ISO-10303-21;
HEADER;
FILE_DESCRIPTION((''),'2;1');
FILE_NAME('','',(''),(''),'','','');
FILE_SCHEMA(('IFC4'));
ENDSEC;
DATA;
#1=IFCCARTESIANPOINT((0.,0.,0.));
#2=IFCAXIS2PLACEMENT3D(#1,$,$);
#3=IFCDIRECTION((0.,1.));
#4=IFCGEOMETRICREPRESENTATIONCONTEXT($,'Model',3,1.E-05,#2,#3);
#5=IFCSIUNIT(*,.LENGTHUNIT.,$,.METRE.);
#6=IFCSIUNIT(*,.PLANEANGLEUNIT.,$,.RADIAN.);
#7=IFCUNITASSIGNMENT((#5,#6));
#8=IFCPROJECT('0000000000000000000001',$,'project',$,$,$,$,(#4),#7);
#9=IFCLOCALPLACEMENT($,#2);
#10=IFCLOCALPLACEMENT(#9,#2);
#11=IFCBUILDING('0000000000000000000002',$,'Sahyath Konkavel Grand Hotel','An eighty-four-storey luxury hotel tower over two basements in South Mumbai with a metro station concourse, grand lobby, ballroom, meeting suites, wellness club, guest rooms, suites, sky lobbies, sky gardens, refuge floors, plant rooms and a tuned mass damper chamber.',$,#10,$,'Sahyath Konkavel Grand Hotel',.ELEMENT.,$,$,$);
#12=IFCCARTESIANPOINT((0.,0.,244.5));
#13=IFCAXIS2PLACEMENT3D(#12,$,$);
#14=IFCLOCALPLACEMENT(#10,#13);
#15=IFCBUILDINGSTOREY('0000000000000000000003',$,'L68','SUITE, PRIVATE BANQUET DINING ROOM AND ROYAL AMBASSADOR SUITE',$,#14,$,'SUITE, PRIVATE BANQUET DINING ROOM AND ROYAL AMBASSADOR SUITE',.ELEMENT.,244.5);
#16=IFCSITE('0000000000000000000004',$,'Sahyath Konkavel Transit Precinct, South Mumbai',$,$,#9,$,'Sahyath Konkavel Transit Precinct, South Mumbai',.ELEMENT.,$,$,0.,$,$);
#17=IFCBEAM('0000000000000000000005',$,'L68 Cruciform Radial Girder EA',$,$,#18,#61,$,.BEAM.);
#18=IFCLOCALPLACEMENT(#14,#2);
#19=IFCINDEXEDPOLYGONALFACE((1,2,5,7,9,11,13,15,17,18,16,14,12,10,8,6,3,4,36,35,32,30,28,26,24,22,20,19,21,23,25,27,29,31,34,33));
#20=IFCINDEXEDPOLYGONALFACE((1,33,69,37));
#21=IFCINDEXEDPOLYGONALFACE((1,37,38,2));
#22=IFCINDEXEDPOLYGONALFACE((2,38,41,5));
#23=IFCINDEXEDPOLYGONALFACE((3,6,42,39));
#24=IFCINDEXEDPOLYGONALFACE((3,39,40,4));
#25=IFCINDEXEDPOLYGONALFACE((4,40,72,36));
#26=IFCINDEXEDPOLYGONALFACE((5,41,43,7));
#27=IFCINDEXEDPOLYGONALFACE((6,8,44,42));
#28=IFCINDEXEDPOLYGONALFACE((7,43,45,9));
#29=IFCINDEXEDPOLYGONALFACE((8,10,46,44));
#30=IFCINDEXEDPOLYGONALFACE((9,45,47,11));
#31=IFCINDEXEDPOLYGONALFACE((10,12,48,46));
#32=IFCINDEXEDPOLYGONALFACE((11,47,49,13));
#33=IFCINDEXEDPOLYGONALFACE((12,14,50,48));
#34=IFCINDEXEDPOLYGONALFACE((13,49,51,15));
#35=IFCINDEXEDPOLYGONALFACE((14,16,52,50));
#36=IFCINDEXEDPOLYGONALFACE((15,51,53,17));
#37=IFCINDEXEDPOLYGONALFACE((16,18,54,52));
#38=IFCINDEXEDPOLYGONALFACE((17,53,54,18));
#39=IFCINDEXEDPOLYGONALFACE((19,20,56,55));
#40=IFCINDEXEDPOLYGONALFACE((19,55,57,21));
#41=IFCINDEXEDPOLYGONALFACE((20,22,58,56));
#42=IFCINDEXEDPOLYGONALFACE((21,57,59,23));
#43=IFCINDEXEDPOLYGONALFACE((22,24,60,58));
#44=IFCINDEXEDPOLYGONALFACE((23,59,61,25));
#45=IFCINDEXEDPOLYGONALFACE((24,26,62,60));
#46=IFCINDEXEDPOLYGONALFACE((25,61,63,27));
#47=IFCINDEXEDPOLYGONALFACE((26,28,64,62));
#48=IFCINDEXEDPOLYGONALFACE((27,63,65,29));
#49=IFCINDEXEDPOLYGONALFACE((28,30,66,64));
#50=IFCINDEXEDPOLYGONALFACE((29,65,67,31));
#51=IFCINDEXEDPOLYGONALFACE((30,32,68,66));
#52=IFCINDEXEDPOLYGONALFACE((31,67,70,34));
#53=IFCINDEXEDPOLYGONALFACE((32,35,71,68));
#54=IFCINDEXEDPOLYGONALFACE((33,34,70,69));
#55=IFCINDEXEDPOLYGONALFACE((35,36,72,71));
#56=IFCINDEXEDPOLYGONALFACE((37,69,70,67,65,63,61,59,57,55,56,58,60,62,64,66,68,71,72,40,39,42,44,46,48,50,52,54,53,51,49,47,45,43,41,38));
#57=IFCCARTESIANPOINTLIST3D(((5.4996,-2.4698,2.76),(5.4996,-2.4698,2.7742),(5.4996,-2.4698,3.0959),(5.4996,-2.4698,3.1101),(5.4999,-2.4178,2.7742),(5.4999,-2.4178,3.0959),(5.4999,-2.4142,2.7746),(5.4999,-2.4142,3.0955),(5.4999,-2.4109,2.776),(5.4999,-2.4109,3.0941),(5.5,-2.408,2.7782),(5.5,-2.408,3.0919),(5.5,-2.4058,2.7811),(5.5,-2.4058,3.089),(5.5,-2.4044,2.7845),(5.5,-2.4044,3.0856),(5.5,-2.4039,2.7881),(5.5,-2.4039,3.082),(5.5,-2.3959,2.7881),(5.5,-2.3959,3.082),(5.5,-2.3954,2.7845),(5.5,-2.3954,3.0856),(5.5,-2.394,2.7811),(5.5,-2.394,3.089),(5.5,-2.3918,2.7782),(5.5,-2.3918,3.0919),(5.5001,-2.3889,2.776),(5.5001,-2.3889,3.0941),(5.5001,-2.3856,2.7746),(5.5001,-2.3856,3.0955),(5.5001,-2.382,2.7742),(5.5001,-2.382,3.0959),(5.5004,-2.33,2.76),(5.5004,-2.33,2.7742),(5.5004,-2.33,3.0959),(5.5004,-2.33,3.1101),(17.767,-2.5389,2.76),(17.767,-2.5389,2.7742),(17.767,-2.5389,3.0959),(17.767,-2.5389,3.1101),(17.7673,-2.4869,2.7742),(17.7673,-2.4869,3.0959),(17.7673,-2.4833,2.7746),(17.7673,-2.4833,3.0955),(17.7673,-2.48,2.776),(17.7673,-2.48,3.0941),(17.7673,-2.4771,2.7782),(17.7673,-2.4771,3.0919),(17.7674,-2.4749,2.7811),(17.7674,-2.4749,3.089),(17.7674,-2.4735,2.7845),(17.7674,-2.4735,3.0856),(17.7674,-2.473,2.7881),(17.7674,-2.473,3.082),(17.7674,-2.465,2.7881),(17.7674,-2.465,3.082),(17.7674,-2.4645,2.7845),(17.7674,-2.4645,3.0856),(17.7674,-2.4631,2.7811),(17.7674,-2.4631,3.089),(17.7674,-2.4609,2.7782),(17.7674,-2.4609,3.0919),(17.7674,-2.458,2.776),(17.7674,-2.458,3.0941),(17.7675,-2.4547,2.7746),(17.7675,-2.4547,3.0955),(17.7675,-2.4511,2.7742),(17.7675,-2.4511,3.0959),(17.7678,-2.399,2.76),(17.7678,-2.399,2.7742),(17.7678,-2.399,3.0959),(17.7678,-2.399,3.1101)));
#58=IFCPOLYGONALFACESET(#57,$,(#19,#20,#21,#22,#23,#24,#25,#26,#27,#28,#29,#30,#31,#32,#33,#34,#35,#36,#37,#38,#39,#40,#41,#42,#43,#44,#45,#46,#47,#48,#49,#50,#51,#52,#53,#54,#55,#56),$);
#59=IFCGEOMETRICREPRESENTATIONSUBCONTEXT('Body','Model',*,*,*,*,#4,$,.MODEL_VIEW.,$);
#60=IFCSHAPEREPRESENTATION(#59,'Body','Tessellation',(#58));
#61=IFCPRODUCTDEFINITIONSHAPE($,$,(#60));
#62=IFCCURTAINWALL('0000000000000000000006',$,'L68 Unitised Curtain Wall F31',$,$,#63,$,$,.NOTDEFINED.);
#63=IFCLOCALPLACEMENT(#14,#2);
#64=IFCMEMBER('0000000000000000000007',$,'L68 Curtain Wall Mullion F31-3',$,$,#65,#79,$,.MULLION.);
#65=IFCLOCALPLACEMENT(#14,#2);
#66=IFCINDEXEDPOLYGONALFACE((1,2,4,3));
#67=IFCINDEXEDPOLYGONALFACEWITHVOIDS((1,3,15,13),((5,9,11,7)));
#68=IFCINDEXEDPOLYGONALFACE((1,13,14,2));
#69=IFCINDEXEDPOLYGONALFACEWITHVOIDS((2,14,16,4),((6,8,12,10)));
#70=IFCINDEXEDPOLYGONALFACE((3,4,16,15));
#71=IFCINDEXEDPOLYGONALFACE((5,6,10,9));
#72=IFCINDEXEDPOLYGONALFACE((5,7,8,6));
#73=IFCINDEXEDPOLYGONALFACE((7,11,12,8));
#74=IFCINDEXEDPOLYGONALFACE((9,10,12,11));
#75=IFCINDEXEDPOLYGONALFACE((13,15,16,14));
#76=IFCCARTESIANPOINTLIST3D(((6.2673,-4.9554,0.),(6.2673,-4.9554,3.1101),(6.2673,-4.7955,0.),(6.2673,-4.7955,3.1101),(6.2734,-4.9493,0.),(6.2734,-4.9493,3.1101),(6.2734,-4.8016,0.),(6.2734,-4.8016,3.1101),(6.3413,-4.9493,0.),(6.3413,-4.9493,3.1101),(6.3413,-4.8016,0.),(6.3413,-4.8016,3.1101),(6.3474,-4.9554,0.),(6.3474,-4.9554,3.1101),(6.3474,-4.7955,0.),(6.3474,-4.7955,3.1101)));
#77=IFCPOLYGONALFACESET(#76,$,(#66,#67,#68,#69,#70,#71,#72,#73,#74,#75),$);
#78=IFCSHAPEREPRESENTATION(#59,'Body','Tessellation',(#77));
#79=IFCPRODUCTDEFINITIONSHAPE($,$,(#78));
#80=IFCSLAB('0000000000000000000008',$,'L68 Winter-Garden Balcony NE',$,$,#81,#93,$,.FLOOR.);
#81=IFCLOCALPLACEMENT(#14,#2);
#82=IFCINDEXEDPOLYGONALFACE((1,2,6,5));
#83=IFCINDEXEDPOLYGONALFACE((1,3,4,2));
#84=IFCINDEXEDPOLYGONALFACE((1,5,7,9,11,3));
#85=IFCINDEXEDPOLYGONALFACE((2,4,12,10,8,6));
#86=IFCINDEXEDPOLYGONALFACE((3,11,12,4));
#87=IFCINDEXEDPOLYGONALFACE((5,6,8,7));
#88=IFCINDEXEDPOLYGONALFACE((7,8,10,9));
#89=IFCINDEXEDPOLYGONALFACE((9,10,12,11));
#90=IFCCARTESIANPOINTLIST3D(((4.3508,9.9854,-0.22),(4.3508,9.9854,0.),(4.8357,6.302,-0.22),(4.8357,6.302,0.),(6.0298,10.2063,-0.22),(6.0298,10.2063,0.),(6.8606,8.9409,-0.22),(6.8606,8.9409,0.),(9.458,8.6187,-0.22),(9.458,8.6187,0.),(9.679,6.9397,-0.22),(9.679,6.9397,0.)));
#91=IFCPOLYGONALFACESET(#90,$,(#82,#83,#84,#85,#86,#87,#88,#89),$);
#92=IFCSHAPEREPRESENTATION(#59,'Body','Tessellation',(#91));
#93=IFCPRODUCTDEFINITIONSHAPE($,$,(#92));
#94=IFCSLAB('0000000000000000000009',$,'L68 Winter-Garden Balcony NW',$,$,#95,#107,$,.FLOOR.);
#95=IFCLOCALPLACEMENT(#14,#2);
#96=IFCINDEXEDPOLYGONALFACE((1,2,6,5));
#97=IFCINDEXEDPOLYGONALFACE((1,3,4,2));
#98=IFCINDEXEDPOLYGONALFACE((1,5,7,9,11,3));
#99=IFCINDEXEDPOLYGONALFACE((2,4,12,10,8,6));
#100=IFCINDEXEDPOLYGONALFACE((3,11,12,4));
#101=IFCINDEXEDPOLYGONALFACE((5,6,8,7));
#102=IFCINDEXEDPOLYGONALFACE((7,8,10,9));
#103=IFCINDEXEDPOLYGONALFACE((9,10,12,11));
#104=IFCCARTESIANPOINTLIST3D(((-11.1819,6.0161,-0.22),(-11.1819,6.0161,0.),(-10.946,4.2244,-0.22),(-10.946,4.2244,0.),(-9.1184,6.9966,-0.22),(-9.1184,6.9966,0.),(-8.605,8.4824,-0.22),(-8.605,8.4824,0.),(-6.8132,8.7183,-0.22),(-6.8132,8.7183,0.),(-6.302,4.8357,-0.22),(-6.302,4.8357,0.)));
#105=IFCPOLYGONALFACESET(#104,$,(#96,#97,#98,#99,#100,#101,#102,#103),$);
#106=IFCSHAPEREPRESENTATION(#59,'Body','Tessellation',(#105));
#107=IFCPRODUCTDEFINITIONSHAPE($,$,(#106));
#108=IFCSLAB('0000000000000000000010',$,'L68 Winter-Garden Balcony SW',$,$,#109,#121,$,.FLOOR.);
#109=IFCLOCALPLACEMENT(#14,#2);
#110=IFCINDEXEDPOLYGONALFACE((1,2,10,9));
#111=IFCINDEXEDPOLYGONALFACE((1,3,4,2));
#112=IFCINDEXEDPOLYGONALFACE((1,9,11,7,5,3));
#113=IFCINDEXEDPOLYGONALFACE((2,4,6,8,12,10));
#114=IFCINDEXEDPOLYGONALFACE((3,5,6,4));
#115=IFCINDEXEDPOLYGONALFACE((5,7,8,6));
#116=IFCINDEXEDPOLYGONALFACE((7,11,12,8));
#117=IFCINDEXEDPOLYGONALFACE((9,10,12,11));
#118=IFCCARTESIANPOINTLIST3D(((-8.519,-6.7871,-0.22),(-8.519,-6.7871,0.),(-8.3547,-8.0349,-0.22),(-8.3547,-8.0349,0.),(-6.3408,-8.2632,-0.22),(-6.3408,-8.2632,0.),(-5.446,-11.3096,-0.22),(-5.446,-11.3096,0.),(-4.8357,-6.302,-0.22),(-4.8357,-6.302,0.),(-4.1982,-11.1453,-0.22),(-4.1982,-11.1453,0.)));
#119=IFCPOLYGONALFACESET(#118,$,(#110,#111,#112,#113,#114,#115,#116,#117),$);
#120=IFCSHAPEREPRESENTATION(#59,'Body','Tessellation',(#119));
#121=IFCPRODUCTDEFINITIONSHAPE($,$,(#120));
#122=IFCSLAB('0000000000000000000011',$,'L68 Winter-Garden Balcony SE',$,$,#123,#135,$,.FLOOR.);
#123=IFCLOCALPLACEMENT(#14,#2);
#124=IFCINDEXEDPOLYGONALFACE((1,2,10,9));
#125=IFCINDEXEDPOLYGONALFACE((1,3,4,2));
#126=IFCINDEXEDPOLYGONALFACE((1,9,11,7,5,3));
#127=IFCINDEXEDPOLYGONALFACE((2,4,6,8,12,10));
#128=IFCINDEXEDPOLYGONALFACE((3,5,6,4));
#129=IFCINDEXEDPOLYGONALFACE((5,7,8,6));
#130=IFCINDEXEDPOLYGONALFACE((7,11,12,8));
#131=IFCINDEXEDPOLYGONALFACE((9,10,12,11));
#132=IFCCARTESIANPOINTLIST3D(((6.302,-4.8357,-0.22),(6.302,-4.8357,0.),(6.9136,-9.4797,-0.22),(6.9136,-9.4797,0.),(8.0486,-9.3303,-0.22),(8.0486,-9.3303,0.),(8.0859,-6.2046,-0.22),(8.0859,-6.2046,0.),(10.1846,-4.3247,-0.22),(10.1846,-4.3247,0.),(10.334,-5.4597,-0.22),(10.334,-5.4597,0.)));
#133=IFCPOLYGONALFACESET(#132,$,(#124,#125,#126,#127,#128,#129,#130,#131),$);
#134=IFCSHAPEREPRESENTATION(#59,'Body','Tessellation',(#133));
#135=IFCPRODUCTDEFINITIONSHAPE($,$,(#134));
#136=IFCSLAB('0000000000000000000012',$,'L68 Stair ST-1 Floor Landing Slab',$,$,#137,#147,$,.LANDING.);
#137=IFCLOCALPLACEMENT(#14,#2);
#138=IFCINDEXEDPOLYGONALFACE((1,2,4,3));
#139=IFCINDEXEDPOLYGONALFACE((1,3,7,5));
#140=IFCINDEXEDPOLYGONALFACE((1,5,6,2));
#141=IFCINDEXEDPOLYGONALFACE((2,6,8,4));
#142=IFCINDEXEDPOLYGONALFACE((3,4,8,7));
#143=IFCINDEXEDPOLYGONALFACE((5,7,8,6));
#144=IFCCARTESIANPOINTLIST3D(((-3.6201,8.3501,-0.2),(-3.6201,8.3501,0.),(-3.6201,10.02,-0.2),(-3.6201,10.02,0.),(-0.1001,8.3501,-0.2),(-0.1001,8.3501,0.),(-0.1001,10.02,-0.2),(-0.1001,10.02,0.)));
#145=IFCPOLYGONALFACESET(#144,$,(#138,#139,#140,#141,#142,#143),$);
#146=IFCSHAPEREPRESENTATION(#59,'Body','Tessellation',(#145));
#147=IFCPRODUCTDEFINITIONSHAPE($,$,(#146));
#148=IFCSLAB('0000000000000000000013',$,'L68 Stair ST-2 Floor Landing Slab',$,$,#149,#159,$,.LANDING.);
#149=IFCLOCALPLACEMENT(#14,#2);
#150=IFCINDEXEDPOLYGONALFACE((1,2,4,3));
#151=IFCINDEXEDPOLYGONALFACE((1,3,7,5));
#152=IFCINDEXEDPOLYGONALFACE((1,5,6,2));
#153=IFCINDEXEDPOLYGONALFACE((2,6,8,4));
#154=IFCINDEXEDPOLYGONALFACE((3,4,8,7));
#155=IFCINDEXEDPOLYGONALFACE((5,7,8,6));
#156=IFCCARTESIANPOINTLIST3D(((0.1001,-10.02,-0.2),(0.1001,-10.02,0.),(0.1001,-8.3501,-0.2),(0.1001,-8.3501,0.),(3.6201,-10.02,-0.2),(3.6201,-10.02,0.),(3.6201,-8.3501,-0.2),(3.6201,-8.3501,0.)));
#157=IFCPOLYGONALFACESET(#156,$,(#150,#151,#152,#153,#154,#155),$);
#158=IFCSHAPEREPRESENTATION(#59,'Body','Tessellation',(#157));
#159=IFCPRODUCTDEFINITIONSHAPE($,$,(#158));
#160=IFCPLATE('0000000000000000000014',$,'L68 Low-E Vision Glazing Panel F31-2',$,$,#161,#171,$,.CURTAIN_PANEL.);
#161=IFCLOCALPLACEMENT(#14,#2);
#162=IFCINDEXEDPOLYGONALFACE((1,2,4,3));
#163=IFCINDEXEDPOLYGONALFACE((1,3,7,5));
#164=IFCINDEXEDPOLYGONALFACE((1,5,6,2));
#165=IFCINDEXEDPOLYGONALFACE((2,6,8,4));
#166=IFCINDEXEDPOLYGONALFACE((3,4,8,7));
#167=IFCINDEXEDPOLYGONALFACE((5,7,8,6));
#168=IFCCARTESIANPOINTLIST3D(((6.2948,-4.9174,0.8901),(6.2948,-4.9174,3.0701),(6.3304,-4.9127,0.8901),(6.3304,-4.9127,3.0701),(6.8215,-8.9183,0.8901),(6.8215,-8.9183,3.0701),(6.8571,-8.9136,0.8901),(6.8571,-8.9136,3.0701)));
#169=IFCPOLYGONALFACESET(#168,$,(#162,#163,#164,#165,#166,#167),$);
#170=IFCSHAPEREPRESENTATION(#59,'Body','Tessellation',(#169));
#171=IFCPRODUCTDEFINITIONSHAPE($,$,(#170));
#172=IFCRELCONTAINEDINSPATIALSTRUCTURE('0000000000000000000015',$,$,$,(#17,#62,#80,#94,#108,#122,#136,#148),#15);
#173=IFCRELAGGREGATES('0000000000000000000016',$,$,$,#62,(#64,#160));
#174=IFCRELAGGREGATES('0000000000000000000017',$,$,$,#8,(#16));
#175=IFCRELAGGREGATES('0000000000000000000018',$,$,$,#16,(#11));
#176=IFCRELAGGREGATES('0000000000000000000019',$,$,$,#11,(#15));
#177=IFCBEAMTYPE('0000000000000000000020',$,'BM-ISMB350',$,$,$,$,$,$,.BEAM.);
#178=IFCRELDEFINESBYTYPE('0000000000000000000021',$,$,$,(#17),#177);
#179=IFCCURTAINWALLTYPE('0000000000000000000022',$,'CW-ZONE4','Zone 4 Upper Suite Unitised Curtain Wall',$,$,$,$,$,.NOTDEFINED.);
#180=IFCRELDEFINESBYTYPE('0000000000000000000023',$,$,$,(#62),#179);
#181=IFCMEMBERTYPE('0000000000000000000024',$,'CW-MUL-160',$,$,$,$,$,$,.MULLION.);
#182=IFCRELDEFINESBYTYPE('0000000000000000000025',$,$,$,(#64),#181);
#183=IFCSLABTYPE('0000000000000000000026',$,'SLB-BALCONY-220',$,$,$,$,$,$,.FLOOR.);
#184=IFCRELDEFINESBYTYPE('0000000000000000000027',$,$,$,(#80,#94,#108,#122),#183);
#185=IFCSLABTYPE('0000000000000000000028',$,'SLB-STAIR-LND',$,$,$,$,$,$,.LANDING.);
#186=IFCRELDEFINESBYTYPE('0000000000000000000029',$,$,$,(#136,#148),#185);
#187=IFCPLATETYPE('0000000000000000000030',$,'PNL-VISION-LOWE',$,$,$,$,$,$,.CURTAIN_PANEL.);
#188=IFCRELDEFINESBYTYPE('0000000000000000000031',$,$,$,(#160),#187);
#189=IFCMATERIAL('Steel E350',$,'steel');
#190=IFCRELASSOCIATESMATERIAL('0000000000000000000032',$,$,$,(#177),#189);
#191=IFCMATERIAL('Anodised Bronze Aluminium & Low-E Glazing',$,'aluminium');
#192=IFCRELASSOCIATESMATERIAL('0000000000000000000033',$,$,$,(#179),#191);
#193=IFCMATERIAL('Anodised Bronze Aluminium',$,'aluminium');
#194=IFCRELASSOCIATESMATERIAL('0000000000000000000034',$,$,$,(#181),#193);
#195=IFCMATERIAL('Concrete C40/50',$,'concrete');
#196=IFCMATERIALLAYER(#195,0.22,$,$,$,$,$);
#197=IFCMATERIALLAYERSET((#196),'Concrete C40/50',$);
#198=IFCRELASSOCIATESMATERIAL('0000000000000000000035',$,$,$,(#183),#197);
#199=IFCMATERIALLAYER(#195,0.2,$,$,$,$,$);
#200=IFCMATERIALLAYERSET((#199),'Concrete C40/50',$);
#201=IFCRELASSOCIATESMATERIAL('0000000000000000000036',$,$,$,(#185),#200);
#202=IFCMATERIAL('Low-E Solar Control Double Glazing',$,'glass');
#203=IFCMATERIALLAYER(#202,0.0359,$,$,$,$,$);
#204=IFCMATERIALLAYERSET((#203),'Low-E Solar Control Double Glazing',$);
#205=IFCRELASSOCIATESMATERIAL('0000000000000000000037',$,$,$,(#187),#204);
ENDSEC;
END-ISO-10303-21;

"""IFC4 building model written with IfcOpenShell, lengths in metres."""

from ifc_helpers import new_model, si_unit, direction, frame, origin, origin_2d, place, context, subcontext, project, spatial, polyline, rectangle, hollow_rectangle, i_section, outline, extrude, source, transform, mapped, material, layer, layer_set, material_profile, profile_set, type_object, element, aggregate, save


model = new_model("IFC4")

# Units and contexts
model_context = context("Model", 3, precision=1e-05, world=origin(), true_north=direction((0.0, 1.0)))
body_context = subcontext(model_context, "Body", "Model", "MODEL_VIEW")
ifc_project = project(units=[si_unit("LENGTHUNIT", "METRE"), si_unit("PLANEANGLEUNIT", "RADIAN")], contexts=[model_context])

# Site, building, storey
site_placement = place(None, origin())
site = spatial("IfcSite", under=ifc_project, at=site_placement, Name="Sahyath Konkavel Transit Precinct, South Mumbai", LongName="Sahyath Konkavel Transit Precinct, South Mumbai", CompositionType="ELEMENT", RefElevation=0.0)
building_placement = place(site_placement, origin())
building = spatial("IfcBuilding", under=site, at=building_placement, Name="Sahyath Konkavel Grand Hotel", Description="An eighty-four-storey luxury hotel tower over two basements in South Mumbai with a metro station concourse, grand lobby, ballroom, meeting suites, wellness club, guest rooms, suites, sky lobbies, sky gardens, refuge floors, plant rooms and a tuned mass damper chamber.", LongName="Sahyath Konkavel Grand Hotel", CompositionType="ELEMENT")
storey_placement = place(building_placement, frame((0.0, 0.0, 244.5)))
storey = spatial("IfcBuildingStorey", under=building, at=storey_placement, Name="L68", Description="SUITE, PRIVATE BANQUET DINING ROOM AND ROYAL AMBASSADOR SUITE", LongName="SUITE, PRIVATE BANQUET DINING ROOM AND ROYAL AMBASSADOR SUITE", CompositionType="ELEMENT", Elevation=244.5)

# Shared definitions
ifc_material_1 = material(Name="Concrete C40/50", Category="concrete")

# Beam
ifc_material_2 = material(Name="Steel E350", Category="steel")
ifc_material_profile_1 = material_profile(ifc_material_2, i_section(OverallWidth=0.1399, OverallDepth=0.3501, WebThickness=0.0081, FlangeThickness=0.0142, FilletRadius=0.0139, at=origin_2d()), Name="ISMB 350")
ifc_profile_set_1 = profile_set([ifc_material_profile_1], Name="Steel E350")
beam_type_1 = type_object("IfcBeamType", Name="BM-ISMB350", PredefinedType="BEAM", material=ifc_profile_set_1)
shared_shape_1 = source(origin(), body_context, "Body", "SweptSolid", [
    extrude(i_section(OverallWidth=0.1399, OverallDepth=0.3501, WebThickness=0.0081, FlangeThickness=0.0142, FilletRadius=0.0139, at=origin_2d()), origin(), (0.0, 0.0, 1.0), 12.2676),
])
beam_1_placement = place(storey_placement, frame((5.5, -2.3999, 2.9351), z_axis=(0.999984, -0.005632, 0.0), x_axis=(0.005632, 0.999984, 0.0)))
element("IfcBeam", 1, at=beam_1_placement, inside=storey, type_object=beam_type_1, Name="L68 Cruciform Radial Girder EA", PredefinedType="BEAM", context=body_context, shape_type="MappedRepresentation", body=[
    mapped(shared_shape_1, transform((0.0, 0.0, 0.0), scale=1.0)),
])

# Curtain wall, member
ifc_material_3 = material(Name="Anodised Bronze Aluminium & Low-E Glazing", Category="aluminium")
curtain_wall_type = type_object("IfcCurtainWallType", Name="CW-ZONE4", Description="Zone 4 Upper Suite Unitised Curtain Wall", PredefinedType="NOTDEFINED", material=ifc_material_3)
curtain_wall_placement = place(storey_placement, origin())
curtain_wall = element("IfcCurtainWall", 2, at=curtain_wall_placement, inside=storey, type_object=curtain_wall_type, Name="L68 Unitised Curtain Wall F31", PredefinedType="NOTDEFINED")
ifc_material_4 = material(Name="Anodised Bronze Aluminium", Category="aluminium")
ifc_material_profile_2 = material_profile(ifc_material_4, hollow_rectangle(XDim=0.0801, YDim=0.1599, WallThickness=0.0061, at=origin_2d()), Name="RHS 160x80x6")
ifc_profile_set_2 = profile_set([ifc_material_profile_2], Name="Anodised Bronze Aluminium")
member_type = type_object("IfcMemberType", Name="CW-MUL-160", PredefinedType="MULLION", material=ifc_profile_set_2)
shared_shape_2 = source(origin(), body_context, "Body", "SweptSolid", [
    extrude(hollow_rectangle(XDim=0.0801, YDim=0.1599, WallThickness=0.0061, at=origin_2d()), origin(), (0.0, 0.0, 1.0), 3.1101),
])
member_placement = place(storey_placement, frame((6.3074, -4.8755, 0.0), z_axis=(0.0, 0.0, 1.0), x_axis=(1.0, 0.0, 0.0)))
member = element("IfcMember", 3, at=member_placement, type_object=member_type, Name="L68 Curtain Wall Mullion F31-3", PredefinedType="MULLION", context=body_context, shape_type="MappedRepresentation", body=[
    mapped(shared_shape_2, transform((0.0, 0.0, 0.0), scale=1.0)),
])

# Slabs
ifc_layer_1 = layer(ifc_material_1, 0.22)
ifc_layer_set_1 = layer_set([ifc_layer_1], Name="Concrete C40/50")
slab_type_1 = type_object("IfcSlabType", Name="SLB-BALCONY-220", PredefinedType="FLOOR", material=ifc_layer_set_1)
slab_1_placement = place(storey_placement, frame((0.0, 0.0, -0.22)))
element("IfcSlab", 4, at=slab_1_placement, inside=storey, type_object=slab_type_1, Name="L68 Winter-Garden Balcony NE", PredefinedType="FLOOR", context=body_context, shape_type="SweptSolid", body=[
    extrude(outline(polyline([(4.8357, 6.302), (9.679, 6.9397), (9.458, 8.6187), (6.8606, 8.9409), (6.0298, 10.2063), (4.3508, 9.9854), (4.8357, 6.302)])), origin(), (0.0, 0.0, 1.0), 0.22),
])
slab_2_placement = place(storey_placement, frame((0.0, 0.0, -0.22)))
element("IfcSlab", 5, at=slab_2_placement, inside=storey, type_object=slab_type_1, Name="L68 Winter-Garden Balcony NW", PredefinedType="FLOOR", context=body_context, shape_type="SweptSolid", body=[
    extrude(outline(polyline([(-6.302, 4.8357), (-6.8132, 8.7183), (-8.605, 8.4824), (-9.1184, 6.9966), (-11.1819, 6.0161), (-10.946, 4.2244), (-6.302, 4.8357)])), origin(), (0.0, 0.0, 1.0), 0.22),
])
slab_3_placement = place(storey_placement, frame((0.0, 0.0, -0.22)))
element("IfcSlab", 6, at=slab_3_placement, inside=storey, type_object=slab_type_1, Name="L68 Winter-Garden Balcony SW", PredefinedType="FLOOR", context=body_context, shape_type="SweptSolid", body=[
    extrude(outline(polyline([(-4.8357, -6.302), (-8.519, -6.7871), (-8.3547, -8.0349), (-6.3408, -8.2632), (-5.446, -11.3096), (-4.1982, -11.1453), (-4.8357, -6.302)])), origin(), (0.0, 0.0, 1.0), 0.22),
])
slab_4_placement = place(storey_placement, frame((0.0, 0.0, -0.22)))
element("IfcSlab", 7, at=slab_4_placement, inside=storey, type_object=slab_type_1, Name="L68 Winter-Garden Balcony SE", PredefinedType="FLOOR", context=body_context, shape_type="SweptSolid", body=[
    extrude(outline(polyline([(6.302, -4.8357), (6.9136, -9.4797), (8.0486, -9.3303), (8.0859, -6.2046), (10.334, -5.4597), (10.1846, -4.3247), (6.302, -4.8357)])), origin(), (0.0, 0.0, 1.0), 0.22),
])
ifc_layer_2 = layer(ifc_material_1, 0.2)
ifc_layer_set_2 = layer_set([ifc_layer_2], Name="Concrete C40/50")
slab_type_2 = type_object("IfcSlabType", Name="SLB-STAIR-LND", PredefinedType="LANDING", material=ifc_layer_set_2)
slab_5_placement = place(storey_placement, frame((0.0, 0.0, -0.2)))
element("IfcSlab", 8, at=slab_5_placement, inside=storey, type_object=slab_type_2, Name="L68 Stair ST-1 Floor Landing Slab", PredefinedType="LANDING", context=body_context, shape_type="SweptSolid", body=[
    extrude(outline(polyline([(-3.6201, 8.3501), (-0.1001, 8.3501), (-0.1001, 10.02), (-3.6201, 10.02), (-3.6201, 8.3501)])), origin(), (0.0, 0.0, 1.0), 0.2),
])
slab_6_placement = place(storey_placement, frame((0.0, 0.0, -0.2)))
element("IfcSlab", 9, at=slab_6_placement, inside=storey, type_object=slab_type_2, Name="L68 Stair ST-2 Floor Landing Slab", PredefinedType="LANDING", context=body_context, shape_type="SweptSolid", body=[
    extrude(outline(polyline([(0.1001, -10.02), (3.6201, -10.02), (3.6201, -8.3501), (0.1001, -8.3501), (0.1001, -10.02)])), origin(), (0.0, 0.0, 1.0), 0.2),
])

# Plate
ifc_material_5 = material(Name="Low-E Solar Control Double Glazing", Category="glass")
ifc_layer_3 = layer(ifc_material_5, 0.0359)
ifc_layer_set_3 = layer_set([ifc_layer_3], Name="Low-E Solar Control Double Glazing")
plate_type = type_object("IfcPlateType", Name="PNL-VISION-LOWE", PredefinedType="CURTAIN_PANEL", material=ifc_layer_set_3)
shared_shape_3 = source(origin(), body_context, "Body", "SweptSolid", [
    extrude(rectangle(XDim=4.0354, YDim=0.0359, at=origin_2d()), origin(), (0.0, 0.0, 1.0), 2.1799),
])
plate_placement = place(storey_placement, frame((6.5759, -6.9155, 0.8901), z_axis=(0.0, 0.0, 1.0), x_axis=(-0.130526, 0.991445, 0.0)))
plate = element("IfcPlate", 10, at=plate_placement, type_object=plate_type, Name="L68 Low-E Vision Glazing Panel F31-2", PredefinedType="CURTAIN_PANEL", context=body_context, shape_type="MappedRepresentation", body=[
    mapped(shared_shape_3, transform((0.0, 0.0, 0.0), scale=1.0)),
])
aggregate(curtain_wall, [member, plate])

save(model, "model.ifc")
